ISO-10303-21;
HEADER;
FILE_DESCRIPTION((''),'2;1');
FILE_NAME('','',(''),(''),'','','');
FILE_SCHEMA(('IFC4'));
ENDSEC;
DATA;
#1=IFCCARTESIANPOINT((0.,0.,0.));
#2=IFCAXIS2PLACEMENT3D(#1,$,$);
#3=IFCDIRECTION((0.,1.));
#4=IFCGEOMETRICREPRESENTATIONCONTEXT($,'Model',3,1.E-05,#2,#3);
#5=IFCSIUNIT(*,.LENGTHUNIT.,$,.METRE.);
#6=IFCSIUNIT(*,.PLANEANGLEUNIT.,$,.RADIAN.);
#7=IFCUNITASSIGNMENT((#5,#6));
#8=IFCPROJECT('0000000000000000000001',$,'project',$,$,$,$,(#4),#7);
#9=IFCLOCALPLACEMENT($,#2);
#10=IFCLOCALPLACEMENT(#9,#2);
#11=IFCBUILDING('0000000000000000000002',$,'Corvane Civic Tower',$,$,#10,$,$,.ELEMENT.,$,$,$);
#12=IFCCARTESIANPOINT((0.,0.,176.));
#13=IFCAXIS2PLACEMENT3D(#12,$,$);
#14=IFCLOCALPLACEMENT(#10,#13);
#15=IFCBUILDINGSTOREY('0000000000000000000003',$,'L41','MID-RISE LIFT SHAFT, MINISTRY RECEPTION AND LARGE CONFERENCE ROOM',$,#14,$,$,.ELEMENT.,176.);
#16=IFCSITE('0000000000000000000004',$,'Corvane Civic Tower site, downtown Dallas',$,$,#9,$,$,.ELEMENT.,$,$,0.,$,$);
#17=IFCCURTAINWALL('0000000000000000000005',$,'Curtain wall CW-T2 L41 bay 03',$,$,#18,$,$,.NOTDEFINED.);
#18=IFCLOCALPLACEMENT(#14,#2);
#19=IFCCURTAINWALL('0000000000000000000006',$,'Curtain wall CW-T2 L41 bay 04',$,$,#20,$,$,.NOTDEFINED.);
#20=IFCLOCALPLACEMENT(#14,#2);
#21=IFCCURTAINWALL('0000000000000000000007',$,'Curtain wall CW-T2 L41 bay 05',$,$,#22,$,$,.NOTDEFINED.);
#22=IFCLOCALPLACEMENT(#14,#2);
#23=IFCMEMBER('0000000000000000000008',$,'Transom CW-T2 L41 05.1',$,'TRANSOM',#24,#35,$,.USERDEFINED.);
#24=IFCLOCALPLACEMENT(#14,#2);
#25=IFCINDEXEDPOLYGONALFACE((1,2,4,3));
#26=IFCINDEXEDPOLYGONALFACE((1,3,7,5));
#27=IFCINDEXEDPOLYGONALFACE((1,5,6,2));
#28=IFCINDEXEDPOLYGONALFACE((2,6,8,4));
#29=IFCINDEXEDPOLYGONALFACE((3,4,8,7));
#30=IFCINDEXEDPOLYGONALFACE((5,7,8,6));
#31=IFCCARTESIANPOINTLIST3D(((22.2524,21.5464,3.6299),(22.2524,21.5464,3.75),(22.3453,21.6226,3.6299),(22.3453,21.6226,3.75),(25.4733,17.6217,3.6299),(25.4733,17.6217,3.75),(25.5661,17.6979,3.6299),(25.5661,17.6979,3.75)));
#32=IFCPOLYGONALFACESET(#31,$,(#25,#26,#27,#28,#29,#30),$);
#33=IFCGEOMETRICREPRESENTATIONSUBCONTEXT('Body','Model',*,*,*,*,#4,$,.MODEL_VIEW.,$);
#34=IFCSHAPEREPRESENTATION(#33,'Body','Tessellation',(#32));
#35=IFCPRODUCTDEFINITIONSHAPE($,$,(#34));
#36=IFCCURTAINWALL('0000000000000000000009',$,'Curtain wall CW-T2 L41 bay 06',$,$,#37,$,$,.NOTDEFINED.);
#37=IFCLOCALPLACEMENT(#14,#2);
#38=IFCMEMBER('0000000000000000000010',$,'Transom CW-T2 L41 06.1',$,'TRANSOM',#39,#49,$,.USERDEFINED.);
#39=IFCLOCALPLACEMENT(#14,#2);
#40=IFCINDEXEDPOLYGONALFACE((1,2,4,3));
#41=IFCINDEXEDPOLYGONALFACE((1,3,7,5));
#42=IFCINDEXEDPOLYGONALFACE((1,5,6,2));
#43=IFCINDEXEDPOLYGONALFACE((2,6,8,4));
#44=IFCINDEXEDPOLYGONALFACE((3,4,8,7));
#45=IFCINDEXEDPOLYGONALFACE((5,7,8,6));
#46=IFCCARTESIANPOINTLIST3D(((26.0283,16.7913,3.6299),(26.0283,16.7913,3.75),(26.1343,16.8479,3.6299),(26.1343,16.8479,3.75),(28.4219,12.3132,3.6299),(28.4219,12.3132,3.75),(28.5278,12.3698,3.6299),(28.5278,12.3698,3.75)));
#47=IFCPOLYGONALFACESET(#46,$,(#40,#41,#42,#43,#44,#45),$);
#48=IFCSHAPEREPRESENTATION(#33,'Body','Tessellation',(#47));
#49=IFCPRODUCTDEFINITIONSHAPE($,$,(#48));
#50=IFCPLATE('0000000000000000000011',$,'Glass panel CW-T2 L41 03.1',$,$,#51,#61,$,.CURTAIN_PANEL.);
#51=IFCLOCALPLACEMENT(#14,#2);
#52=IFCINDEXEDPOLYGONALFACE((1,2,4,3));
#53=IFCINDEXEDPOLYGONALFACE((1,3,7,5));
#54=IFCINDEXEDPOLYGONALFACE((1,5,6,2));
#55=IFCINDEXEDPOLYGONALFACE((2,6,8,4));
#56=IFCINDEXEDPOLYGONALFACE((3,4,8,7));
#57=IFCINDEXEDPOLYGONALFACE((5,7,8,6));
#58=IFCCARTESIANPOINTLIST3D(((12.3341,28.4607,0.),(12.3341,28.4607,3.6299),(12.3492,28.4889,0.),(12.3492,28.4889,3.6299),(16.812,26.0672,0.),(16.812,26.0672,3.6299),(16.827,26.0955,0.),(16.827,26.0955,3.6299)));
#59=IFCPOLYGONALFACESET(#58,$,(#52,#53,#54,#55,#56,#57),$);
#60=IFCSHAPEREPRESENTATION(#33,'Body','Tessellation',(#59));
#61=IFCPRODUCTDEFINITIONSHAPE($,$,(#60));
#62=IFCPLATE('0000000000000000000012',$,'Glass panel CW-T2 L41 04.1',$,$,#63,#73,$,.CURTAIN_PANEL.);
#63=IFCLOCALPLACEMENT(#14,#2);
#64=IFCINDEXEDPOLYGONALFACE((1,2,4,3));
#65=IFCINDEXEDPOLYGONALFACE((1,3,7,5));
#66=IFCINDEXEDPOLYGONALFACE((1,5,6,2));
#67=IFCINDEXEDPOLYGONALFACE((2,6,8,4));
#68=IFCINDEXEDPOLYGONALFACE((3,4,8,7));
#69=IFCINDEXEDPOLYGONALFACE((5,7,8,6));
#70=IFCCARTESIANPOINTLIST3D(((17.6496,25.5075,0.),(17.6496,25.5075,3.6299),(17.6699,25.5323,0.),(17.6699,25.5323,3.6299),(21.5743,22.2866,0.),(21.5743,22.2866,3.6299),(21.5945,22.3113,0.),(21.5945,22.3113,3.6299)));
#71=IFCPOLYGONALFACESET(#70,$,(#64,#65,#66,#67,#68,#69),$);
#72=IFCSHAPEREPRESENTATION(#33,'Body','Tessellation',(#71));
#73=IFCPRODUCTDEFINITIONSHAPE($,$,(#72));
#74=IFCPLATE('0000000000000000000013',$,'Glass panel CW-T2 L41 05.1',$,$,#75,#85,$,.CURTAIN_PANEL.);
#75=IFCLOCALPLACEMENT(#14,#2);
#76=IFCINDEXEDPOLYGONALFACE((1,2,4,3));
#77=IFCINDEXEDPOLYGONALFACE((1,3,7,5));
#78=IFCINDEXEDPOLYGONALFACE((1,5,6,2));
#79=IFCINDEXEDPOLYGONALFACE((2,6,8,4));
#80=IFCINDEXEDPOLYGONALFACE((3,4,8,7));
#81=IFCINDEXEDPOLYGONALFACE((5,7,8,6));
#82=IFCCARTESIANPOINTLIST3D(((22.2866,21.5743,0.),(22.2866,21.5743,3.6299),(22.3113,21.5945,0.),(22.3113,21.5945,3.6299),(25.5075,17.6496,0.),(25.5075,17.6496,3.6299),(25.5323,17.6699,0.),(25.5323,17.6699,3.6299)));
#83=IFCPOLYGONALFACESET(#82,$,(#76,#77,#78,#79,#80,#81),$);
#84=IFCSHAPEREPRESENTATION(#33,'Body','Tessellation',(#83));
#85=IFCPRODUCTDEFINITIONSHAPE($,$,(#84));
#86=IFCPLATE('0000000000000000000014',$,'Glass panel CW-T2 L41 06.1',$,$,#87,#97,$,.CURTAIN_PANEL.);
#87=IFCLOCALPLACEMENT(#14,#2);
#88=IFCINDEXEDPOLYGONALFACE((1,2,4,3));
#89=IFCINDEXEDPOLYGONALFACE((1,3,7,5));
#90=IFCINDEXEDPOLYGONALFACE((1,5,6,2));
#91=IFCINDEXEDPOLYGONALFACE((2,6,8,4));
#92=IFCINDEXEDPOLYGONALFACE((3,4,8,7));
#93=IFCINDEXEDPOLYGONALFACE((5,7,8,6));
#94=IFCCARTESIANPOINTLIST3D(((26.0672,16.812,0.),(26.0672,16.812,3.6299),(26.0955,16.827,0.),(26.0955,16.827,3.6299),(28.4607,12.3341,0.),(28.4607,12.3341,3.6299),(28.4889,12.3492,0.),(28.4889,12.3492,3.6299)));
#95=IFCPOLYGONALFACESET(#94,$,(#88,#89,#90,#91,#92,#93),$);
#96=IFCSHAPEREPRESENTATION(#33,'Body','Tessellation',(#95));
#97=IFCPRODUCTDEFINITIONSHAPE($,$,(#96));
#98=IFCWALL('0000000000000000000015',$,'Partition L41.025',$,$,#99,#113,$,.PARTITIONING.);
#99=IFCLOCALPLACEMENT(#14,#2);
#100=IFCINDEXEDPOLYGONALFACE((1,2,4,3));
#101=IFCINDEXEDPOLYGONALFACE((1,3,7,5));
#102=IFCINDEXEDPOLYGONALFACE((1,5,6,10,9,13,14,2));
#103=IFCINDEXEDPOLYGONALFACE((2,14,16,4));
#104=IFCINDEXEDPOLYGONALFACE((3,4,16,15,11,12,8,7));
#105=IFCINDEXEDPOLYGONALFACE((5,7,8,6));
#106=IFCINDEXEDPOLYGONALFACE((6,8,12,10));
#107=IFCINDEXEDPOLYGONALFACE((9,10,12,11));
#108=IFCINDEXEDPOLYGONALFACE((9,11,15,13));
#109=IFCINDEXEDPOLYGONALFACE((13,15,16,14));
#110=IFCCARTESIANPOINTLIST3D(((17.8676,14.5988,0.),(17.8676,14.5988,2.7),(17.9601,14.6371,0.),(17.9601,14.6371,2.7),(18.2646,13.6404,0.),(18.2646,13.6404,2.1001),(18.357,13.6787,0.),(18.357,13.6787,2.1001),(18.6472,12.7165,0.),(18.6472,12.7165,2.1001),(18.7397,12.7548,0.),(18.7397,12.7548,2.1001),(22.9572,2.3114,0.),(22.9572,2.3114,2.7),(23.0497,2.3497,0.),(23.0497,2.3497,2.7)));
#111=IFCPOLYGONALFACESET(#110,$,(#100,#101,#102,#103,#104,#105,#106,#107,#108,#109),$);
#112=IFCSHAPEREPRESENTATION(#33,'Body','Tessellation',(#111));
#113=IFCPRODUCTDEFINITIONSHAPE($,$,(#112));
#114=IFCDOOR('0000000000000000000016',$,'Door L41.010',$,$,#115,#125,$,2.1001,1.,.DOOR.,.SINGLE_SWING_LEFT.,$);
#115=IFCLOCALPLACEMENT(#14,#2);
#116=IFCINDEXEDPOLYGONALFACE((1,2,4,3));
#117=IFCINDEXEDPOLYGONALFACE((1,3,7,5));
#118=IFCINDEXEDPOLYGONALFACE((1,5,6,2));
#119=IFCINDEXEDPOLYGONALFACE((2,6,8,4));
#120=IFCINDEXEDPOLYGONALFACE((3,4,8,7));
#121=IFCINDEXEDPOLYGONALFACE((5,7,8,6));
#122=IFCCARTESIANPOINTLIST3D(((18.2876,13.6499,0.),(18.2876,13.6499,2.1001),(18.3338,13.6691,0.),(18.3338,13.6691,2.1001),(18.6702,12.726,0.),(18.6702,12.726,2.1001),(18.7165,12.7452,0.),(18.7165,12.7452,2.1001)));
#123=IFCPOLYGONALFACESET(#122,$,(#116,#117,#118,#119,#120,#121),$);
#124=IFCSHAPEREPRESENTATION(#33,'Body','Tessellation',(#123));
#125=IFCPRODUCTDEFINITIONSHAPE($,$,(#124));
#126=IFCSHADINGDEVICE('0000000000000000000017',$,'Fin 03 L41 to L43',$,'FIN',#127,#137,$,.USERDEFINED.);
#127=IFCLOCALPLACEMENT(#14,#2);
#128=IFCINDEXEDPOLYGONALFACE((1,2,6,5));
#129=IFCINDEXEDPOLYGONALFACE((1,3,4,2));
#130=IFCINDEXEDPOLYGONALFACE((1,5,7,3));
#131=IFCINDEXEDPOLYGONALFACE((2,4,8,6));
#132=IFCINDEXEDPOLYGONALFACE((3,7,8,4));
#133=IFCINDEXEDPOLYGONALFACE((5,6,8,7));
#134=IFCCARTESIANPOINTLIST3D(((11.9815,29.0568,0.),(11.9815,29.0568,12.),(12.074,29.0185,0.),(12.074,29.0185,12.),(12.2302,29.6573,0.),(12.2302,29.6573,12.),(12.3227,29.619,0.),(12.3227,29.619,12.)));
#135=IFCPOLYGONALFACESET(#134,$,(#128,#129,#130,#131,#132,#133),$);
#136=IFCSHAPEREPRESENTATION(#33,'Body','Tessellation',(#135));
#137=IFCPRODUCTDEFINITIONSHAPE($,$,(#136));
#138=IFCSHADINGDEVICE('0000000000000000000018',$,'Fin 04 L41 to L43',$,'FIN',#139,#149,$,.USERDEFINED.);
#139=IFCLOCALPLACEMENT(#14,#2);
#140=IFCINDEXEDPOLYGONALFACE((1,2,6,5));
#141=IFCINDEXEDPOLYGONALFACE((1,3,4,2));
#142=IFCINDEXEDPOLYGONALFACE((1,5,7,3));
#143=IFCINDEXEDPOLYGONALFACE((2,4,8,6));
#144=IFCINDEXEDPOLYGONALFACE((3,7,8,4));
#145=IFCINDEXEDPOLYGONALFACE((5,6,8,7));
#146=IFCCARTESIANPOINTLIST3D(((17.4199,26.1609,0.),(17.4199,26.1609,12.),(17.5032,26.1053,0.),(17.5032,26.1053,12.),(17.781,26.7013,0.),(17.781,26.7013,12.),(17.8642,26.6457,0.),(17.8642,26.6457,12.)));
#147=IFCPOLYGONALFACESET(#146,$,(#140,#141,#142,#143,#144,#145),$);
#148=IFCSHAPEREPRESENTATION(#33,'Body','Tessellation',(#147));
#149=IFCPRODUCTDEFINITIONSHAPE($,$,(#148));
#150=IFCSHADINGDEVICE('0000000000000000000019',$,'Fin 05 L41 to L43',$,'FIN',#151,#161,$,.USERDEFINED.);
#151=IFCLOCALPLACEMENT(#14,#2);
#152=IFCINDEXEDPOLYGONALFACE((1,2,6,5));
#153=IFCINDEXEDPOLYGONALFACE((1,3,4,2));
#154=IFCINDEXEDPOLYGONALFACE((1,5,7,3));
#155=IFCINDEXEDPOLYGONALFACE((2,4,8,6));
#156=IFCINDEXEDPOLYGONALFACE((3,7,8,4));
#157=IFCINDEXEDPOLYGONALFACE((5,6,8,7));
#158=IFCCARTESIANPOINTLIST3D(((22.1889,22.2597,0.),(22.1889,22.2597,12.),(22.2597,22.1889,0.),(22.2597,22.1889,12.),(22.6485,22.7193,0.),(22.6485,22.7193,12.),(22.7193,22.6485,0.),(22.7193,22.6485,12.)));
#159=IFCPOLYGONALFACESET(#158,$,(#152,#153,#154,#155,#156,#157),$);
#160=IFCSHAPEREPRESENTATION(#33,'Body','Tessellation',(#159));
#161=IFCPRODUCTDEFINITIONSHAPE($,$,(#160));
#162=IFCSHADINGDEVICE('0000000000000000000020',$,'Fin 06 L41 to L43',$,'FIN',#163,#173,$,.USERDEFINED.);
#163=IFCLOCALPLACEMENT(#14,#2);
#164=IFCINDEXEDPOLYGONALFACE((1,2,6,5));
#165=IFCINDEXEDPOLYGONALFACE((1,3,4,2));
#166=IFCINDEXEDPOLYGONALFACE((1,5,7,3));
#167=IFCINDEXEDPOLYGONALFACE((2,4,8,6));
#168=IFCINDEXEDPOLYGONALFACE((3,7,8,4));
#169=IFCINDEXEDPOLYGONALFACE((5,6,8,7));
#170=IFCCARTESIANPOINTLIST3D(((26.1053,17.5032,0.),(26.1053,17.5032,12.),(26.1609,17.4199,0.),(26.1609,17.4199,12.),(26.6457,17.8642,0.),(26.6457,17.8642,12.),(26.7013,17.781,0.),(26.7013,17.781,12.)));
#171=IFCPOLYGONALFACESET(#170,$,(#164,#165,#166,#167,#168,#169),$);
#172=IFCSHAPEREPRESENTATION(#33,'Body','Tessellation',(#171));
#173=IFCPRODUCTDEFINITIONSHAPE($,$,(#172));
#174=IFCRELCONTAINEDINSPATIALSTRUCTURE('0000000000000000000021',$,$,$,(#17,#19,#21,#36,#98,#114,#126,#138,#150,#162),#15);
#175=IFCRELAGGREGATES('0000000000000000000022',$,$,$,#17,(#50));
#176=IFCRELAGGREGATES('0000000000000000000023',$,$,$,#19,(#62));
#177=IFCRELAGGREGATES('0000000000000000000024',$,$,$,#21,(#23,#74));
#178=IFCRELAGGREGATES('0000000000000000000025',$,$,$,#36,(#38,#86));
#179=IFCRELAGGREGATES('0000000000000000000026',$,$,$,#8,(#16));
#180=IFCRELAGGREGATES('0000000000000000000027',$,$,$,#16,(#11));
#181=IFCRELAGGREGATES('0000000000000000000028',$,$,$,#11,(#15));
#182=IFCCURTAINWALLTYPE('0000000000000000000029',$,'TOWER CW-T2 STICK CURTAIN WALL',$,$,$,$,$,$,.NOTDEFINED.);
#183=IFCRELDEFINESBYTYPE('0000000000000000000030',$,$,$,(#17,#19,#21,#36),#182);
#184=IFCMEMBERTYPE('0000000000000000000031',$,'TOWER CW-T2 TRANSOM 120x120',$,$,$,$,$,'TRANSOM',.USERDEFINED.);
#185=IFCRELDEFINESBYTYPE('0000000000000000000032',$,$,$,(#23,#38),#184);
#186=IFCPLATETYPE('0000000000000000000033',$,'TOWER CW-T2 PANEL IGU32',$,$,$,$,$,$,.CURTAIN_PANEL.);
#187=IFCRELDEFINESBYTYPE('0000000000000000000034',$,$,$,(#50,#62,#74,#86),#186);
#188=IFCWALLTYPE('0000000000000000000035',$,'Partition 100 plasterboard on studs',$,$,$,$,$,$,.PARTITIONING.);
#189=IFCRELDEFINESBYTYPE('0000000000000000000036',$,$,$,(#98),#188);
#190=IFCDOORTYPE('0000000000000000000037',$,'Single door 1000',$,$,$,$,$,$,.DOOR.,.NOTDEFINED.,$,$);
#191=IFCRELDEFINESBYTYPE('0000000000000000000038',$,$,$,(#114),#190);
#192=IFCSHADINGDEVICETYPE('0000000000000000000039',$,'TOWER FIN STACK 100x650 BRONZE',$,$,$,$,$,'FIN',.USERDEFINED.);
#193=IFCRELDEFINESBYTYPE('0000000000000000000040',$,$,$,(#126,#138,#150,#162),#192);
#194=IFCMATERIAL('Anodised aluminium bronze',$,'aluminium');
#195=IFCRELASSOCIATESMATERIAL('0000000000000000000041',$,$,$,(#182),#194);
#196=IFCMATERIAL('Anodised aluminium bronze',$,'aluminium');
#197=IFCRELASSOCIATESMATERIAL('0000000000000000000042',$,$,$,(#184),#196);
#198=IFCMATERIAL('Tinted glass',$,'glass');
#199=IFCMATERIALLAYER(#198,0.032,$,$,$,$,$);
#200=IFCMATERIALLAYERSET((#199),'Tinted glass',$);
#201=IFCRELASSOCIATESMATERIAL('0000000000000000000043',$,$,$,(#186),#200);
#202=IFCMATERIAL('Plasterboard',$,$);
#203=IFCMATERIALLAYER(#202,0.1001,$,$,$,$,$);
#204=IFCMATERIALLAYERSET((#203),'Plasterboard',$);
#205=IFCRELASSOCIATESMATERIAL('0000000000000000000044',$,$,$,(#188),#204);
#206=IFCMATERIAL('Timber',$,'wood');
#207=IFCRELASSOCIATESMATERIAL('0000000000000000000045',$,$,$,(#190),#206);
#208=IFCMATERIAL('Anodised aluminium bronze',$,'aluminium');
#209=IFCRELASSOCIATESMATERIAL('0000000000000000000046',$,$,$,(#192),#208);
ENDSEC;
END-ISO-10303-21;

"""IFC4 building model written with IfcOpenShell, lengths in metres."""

from ifc_helpers import new_model, si_unit, direction, frame, frame_2d, origin, origin_2d, place, context, subcontext, project, spatial, rectangle, extrude, material, layer, layer_set, material_profile, profile_set, type_object, element, fill, aggregate, save


model = new_model("IFC4")

# Units and contexts
model_context = context("Model", 3, precision=1e-05, world=origin(), true_north=direction((0.0, 1.0)))
body_context = subcontext(model_context, "Body", "Model", "MODEL_VIEW")
ifc_project = project(units=[si_unit("LENGTHUNIT", "METRE"), si_unit("PLANEANGLEUNIT", "RADIAN")], contexts=[model_context])

# Site, building, storey
site_placement = place(None, origin())
site = spatial("IfcSite", under=ifc_project, at=site_placement, Name="Corvane Civic Tower site, downtown Dallas", CompositionType="ELEMENT", RefElevation=0.0)
building_placement = place(site_placement, origin())
building = spatial("IfcBuilding", under=site, at=building_placement, Name="Corvane Civic Tower", CompositionType="ELEMENT")
storey_placement = place(building_placement, frame((0.0, 0.0, 176.0)))
storey = spatial("IfcBuildingStorey", under=building, at=storey_placement, Name="L41", Description="MID-RISE LIFT SHAFT, MINISTRY RECEPTION AND LARGE CONFERENCE ROOM", CompositionType="ELEMENT", Elevation=176.0)

# Curtain walls, members
ifc_material_1 = material(Name="Anodised aluminium bronze", Category="aluminium")
curtain_wall_type = type_object("IfcCurtainWallType", Name="TOWER CW-T2 STICK CURTAIN WALL", PredefinedType="NOTDEFINED", material=ifc_material_1)
curtain_wall_1_placement = place(storey_placement, origin())
curtain_wall_1 = element("IfcCurtainWall", 1, at=curtain_wall_1_placement, inside=storey, type_object=curtain_wall_type, Name="Curtain wall CW-T2 L41 bay 03", PredefinedType="NOTDEFINED")
ifc_material_2 = material(Name="Anodised aluminium bronze", Category="aluminium")
ifc_material_profile_1 = material_profile(ifc_material_2, rectangle(XDim=0.1201, YDim=0.1201, at=origin_2d()), Name="TOWER CW-T2 TRANSOM 120x120")
ifc_profile_set_1 = profile_set([ifc_material_profile_1], Name="Anodised aluminium bronze")
member_type = type_object("IfcMemberType", Name="TOWER CW-T2 TRANSOM 120x120", ElementType="TRANSOM", PredefinedType="USERDEFINED", material=ifc_profile_set_1)
curtain_wall_2_placement = place(storey_placement, origin())
curtain_wall_2 = element("IfcCurtainWall", 2, at=curtain_wall_2_placement, inside=storey, type_object=curtain_wall_type, Name="Curtain wall CW-T2 L41 bay 04", PredefinedType="NOTDEFINED")
curtain_wall_3_placement = place(storey_placement, origin())
curtain_wall_3 = element("IfcCurtainWall", 3, at=curtain_wall_3_placement, inside=storey, type_object=curtain_wall_type, Name="Curtain wall CW-T2 L41 bay 05", PredefinedType="NOTDEFINED")
member_1_placement = place(storey_placement, frame((22.2988, 21.5845, 3.6899), z_axis=(0.634387, -0.773016, 0.0), x_axis=(0.773016, 0.634387, 0.0)))
member_1 = element("IfcMember", 4, at=member_1_placement, type_object=member_type, Name="Transom CW-T2 L41 05.1", ObjectType="TRANSOM", PredefinedType="USERDEFINED", context=body_context, shape_type="SweptSolid", body=[
    extrude(rectangle(XDim=0.1201, YDim=0.1201, at=origin_2d()), origin(), (0.0, 0.0, 1.0), 5.0771),
])
curtain_wall_4_placement = place(storey_placement, origin())
curtain_wall_4 = element("IfcCurtainWall", 5, at=curtain_wall_4_placement, inside=storey, type_object=curtain_wall_type, Name="Curtain wall CW-T2 L41 bay 06", PredefinedType="NOTDEFINED")
member_2_placement = place(storey_placement, frame((26.0813, 16.8196, 3.6899), z_axis=(0.471397, -0.881921, 0.0), x_axis=(0.881921, 0.471397, 0.0)))
member_2 = element("IfcMember", 6, at=member_2_placement, type_object=member_type, Name="Transom CW-T2 L41 06.1", ObjectType="TRANSOM", PredefinedType="USERDEFINED", context=body_context, shape_type="SweptSolid", body=[
    extrude(rectangle(XDim=0.1201, YDim=0.1201, at=origin_2d()), origin(), (0.0, 0.0, 1.0), 5.0776),
])

# Plates
ifc_material_3 = material(Name="Tinted glass", Category="glass")
ifc_layer_1 = layer(ifc_material_3, 0.032)
ifc_layer_set_1 = layer_set([ifc_layer_1], Name="Tinted glass")
plate_type = type_object("IfcPlateType", Name="TOWER CW-T2 PANEL IGU32", PredefinedType="CURTAIN_PANEL", material=ifc_layer_set_1)
plate_1_placement = place(storey_placement, frame((14.5806, 27.2781, 0.0), z_axis=(0.0, 0.0, 1.0), x_axis=(0.881922, -0.471395, 0.0)))
plate_1 = element("IfcPlate", 7, at=plate_1_placement, type_object=plate_type, Name="Glass panel CW-T2 L41 03.1", PredefinedType="CURTAIN_PANEL", context=body_context, shape_type="SweptSolid", body=[
    extrude(rectangle(XDim=5.0774, YDim=0.032, at=origin_2d()), origin(), (0.0, 0.0, 1.0), 3.6299),
])
aggregate(curtain_wall_1, [plate_1])
plate_2_placement = place(storey_placement, frame((19.6221, 23.9094, 0.0), z_axis=(0.0, 0.0, 1.0), x_axis=(0.773005, -0.6344, 0.0)))
plate_2 = element("IfcPlate", 8, at=plate_2_placement, type_object=plate_type, Name="Glass panel CW-T2 L41 04.1", PredefinedType="CURTAIN_PANEL", context=body_context, shape_type="SweptSolid", body=[
    extrude(rectangle(XDim=5.0771, YDim=0.032, at=origin_2d()), origin(), (0.0, 0.0, 1.0), 3.6299),
])
aggregate(curtain_wall_2, [plate_2])
plate_3_placement = place(storey_placement, frame((23.9094, 19.6221, 0.0), z_axis=(0.0, 0.0, 1.0), x_axis=(0.6344, -0.773005, 0.0)))
plate_3 = element("IfcPlate", 9, at=plate_3_placement, type_object=plate_type, Name="Glass panel CW-T2 L41 05.1", PredefinedType="CURTAIN_PANEL", context=body_context, shape_type="SweptSolid", body=[
    extrude(rectangle(XDim=5.0771, YDim=0.032, at=origin_2d()), origin(), (0.0, 0.0, 1.0), 3.6299),
])
aggregate(curtain_wall_3, [member_1, plate_3])
plate_4_placement = place(storey_placement, frame((27.2781, 14.5806, 0.0), z_axis=(0.0, 0.0, 1.0), x_axis=(0.471395, -0.881922, 0.0)))
plate_4 = element("IfcPlate", 10, at=plate_4_placement, type_object=plate_type, Name="Glass panel CW-T2 L41 06.1", PredefinedType="CURTAIN_PANEL", context=body_context, shape_type="SweptSolid", body=[
    extrude(rectangle(XDim=5.0774, YDim=0.032, at=origin_2d()), origin(), (0.0, 0.0, 1.0), 3.6299),
])
aggregate(curtain_wall_4, [member_2, plate_4])

# Wall, opening, door
ifc_material_4 = material(Name="Plasterboard")
ifc_layer_2 = layer(ifc_material_4, 0.1001)
ifc_layer_set_2 = layer_set([ifc_layer_2], Name="Plasterboard")
wall_type = type_object("IfcWallType", Name="Partition 100 plasterboard on studs", PredefinedType="PARTITIONING", material=ifc_layer_set_2)
wall_placement = place(storey_placement, frame((17.9138, 14.6179, 0.0), z_axis=(0.0, 0.0, 1.0), x_axis=(0.382684, -0.923879, 0.0)))
wall = element("IfcWall", 11, at=wall_placement, inside=storey, type_object=wall_type, Name="Partition L41.025", PredefinedType="PARTITIONING", context=body_context, shape_type="SweptSolid", body=[
    extrude(rectangle(XDim=13.2998, YDim=0.1001, at=frame_2d((6.6499, 0.0))), origin(), (0.0, 0.0, 1.0), 2.7),
])
opening_placement = place(wall_placement, frame((1.0374, 0.0, 0.0)))
opening = element("IfcOpeningElement", 12, at=opening_placement, cuts=wall, PredefinedType="OPENING", context=body_context, shape_type="SweptSolid", body=[
    extrude(rectangle(XDim=1.0, YDim=2.1001, at=frame_2d((0.5, 1.05))), frame((0.0, 0.0601, 0.0), z_axis=(0.0, -1.0, 0.0), x_axis=(1.0, 0.0, 0.0)), (0.0, 0.0, 1.0), 0.1201),
])
ifc_material_5 = material(Name="Timber", Category="wood")
door_type = type_object("IfcDoorType", Name="Single door 1000", OperationType="NOTDEFINED", PredefinedType="DOOR", material=ifc_material_5)
door_placement = place(opening_placement, origin())
door = element("IfcDoor", 13, at=door_placement, inside=storey, type_object=door_type, Name="Door L41.010", OperationType="SINGLE_SWING_LEFT", OverallHeight=2.1001, OverallWidth=1.0, PredefinedType="DOOR", context=body_context, shape_type="SweptSolid", body=[
    extrude(rectangle(XDim=1.0, YDim=2.1001, at=frame_2d((0.5, 1.05))), frame((0.0, 0.0249, 0.0), z_axis=(0.0, -1.0, 0.0), x_axis=(1.0, 0.0, 0.0)), (0.0, 0.0, 1.0), 0.05),
])
fill(opening, door)

# Shading devices
ifc_material_6 = material(Name="Anodised aluminium bronze", Category="aluminium")
ifc_material_profile_2 = material_profile(ifc_material_6, rectangle(XDim=0.1001, YDim=0.6499, at=origin_2d()), Name="TOWER FIN STACK 100x650 BRONZE")
ifc_profile_set_2 = profile_set([ifc_material_profile_2], Name="Anodised aluminium bronze")
shading_device_type = type_object("IfcShadingDeviceType", Name="TOWER FIN STACK 100x650 BRONZE", ElementType="FIN", PredefinedType="USERDEFINED", material=ifc_profile_set_2)
for number, where, z_axis, x_axis, name in (
    (14, (12.1521, 29.3379, 0.0), (0.0, 0.0, 1.0), (0.92388, -0.382683, 0.0), "Fin 03 L41 to L43"),
    (15, (17.6421, 26.4033, 0.0), (0.0, 0.0, 1.0), (0.83147, -0.55557, 0.0), "Fin 04 L41 to L43"),
    (16, (22.4541, 22.4541, 0.0), (0.0, 0.0, 1.0), (0.707107, -0.707107, 0.0), "Fin 05 L41 to L43"),
    (17, (26.4033, 17.6421, 0.0), (0.0, 0.0, 1.0), (0.55557, -0.83147, 0.0), "Fin 06 L41 to L43"),
):
    element("IfcShadingDevice", number, at=place(storey_placement, frame(where, z_axis=z_axis, x_axis=x_axis)), inside=storey, type_object=shading_device_type, Name=name, ObjectType="FIN", PredefinedType="USERDEFINED", context=body_context, shape_type="SweptSolid", body=[
        extrude(rectangle(XDim=0.1001, YDim=0.6499, at=origin_2d()), origin(), (0.0, 0.0, 1.0), 12.0),
    ])

save(model, "model.ifc")
